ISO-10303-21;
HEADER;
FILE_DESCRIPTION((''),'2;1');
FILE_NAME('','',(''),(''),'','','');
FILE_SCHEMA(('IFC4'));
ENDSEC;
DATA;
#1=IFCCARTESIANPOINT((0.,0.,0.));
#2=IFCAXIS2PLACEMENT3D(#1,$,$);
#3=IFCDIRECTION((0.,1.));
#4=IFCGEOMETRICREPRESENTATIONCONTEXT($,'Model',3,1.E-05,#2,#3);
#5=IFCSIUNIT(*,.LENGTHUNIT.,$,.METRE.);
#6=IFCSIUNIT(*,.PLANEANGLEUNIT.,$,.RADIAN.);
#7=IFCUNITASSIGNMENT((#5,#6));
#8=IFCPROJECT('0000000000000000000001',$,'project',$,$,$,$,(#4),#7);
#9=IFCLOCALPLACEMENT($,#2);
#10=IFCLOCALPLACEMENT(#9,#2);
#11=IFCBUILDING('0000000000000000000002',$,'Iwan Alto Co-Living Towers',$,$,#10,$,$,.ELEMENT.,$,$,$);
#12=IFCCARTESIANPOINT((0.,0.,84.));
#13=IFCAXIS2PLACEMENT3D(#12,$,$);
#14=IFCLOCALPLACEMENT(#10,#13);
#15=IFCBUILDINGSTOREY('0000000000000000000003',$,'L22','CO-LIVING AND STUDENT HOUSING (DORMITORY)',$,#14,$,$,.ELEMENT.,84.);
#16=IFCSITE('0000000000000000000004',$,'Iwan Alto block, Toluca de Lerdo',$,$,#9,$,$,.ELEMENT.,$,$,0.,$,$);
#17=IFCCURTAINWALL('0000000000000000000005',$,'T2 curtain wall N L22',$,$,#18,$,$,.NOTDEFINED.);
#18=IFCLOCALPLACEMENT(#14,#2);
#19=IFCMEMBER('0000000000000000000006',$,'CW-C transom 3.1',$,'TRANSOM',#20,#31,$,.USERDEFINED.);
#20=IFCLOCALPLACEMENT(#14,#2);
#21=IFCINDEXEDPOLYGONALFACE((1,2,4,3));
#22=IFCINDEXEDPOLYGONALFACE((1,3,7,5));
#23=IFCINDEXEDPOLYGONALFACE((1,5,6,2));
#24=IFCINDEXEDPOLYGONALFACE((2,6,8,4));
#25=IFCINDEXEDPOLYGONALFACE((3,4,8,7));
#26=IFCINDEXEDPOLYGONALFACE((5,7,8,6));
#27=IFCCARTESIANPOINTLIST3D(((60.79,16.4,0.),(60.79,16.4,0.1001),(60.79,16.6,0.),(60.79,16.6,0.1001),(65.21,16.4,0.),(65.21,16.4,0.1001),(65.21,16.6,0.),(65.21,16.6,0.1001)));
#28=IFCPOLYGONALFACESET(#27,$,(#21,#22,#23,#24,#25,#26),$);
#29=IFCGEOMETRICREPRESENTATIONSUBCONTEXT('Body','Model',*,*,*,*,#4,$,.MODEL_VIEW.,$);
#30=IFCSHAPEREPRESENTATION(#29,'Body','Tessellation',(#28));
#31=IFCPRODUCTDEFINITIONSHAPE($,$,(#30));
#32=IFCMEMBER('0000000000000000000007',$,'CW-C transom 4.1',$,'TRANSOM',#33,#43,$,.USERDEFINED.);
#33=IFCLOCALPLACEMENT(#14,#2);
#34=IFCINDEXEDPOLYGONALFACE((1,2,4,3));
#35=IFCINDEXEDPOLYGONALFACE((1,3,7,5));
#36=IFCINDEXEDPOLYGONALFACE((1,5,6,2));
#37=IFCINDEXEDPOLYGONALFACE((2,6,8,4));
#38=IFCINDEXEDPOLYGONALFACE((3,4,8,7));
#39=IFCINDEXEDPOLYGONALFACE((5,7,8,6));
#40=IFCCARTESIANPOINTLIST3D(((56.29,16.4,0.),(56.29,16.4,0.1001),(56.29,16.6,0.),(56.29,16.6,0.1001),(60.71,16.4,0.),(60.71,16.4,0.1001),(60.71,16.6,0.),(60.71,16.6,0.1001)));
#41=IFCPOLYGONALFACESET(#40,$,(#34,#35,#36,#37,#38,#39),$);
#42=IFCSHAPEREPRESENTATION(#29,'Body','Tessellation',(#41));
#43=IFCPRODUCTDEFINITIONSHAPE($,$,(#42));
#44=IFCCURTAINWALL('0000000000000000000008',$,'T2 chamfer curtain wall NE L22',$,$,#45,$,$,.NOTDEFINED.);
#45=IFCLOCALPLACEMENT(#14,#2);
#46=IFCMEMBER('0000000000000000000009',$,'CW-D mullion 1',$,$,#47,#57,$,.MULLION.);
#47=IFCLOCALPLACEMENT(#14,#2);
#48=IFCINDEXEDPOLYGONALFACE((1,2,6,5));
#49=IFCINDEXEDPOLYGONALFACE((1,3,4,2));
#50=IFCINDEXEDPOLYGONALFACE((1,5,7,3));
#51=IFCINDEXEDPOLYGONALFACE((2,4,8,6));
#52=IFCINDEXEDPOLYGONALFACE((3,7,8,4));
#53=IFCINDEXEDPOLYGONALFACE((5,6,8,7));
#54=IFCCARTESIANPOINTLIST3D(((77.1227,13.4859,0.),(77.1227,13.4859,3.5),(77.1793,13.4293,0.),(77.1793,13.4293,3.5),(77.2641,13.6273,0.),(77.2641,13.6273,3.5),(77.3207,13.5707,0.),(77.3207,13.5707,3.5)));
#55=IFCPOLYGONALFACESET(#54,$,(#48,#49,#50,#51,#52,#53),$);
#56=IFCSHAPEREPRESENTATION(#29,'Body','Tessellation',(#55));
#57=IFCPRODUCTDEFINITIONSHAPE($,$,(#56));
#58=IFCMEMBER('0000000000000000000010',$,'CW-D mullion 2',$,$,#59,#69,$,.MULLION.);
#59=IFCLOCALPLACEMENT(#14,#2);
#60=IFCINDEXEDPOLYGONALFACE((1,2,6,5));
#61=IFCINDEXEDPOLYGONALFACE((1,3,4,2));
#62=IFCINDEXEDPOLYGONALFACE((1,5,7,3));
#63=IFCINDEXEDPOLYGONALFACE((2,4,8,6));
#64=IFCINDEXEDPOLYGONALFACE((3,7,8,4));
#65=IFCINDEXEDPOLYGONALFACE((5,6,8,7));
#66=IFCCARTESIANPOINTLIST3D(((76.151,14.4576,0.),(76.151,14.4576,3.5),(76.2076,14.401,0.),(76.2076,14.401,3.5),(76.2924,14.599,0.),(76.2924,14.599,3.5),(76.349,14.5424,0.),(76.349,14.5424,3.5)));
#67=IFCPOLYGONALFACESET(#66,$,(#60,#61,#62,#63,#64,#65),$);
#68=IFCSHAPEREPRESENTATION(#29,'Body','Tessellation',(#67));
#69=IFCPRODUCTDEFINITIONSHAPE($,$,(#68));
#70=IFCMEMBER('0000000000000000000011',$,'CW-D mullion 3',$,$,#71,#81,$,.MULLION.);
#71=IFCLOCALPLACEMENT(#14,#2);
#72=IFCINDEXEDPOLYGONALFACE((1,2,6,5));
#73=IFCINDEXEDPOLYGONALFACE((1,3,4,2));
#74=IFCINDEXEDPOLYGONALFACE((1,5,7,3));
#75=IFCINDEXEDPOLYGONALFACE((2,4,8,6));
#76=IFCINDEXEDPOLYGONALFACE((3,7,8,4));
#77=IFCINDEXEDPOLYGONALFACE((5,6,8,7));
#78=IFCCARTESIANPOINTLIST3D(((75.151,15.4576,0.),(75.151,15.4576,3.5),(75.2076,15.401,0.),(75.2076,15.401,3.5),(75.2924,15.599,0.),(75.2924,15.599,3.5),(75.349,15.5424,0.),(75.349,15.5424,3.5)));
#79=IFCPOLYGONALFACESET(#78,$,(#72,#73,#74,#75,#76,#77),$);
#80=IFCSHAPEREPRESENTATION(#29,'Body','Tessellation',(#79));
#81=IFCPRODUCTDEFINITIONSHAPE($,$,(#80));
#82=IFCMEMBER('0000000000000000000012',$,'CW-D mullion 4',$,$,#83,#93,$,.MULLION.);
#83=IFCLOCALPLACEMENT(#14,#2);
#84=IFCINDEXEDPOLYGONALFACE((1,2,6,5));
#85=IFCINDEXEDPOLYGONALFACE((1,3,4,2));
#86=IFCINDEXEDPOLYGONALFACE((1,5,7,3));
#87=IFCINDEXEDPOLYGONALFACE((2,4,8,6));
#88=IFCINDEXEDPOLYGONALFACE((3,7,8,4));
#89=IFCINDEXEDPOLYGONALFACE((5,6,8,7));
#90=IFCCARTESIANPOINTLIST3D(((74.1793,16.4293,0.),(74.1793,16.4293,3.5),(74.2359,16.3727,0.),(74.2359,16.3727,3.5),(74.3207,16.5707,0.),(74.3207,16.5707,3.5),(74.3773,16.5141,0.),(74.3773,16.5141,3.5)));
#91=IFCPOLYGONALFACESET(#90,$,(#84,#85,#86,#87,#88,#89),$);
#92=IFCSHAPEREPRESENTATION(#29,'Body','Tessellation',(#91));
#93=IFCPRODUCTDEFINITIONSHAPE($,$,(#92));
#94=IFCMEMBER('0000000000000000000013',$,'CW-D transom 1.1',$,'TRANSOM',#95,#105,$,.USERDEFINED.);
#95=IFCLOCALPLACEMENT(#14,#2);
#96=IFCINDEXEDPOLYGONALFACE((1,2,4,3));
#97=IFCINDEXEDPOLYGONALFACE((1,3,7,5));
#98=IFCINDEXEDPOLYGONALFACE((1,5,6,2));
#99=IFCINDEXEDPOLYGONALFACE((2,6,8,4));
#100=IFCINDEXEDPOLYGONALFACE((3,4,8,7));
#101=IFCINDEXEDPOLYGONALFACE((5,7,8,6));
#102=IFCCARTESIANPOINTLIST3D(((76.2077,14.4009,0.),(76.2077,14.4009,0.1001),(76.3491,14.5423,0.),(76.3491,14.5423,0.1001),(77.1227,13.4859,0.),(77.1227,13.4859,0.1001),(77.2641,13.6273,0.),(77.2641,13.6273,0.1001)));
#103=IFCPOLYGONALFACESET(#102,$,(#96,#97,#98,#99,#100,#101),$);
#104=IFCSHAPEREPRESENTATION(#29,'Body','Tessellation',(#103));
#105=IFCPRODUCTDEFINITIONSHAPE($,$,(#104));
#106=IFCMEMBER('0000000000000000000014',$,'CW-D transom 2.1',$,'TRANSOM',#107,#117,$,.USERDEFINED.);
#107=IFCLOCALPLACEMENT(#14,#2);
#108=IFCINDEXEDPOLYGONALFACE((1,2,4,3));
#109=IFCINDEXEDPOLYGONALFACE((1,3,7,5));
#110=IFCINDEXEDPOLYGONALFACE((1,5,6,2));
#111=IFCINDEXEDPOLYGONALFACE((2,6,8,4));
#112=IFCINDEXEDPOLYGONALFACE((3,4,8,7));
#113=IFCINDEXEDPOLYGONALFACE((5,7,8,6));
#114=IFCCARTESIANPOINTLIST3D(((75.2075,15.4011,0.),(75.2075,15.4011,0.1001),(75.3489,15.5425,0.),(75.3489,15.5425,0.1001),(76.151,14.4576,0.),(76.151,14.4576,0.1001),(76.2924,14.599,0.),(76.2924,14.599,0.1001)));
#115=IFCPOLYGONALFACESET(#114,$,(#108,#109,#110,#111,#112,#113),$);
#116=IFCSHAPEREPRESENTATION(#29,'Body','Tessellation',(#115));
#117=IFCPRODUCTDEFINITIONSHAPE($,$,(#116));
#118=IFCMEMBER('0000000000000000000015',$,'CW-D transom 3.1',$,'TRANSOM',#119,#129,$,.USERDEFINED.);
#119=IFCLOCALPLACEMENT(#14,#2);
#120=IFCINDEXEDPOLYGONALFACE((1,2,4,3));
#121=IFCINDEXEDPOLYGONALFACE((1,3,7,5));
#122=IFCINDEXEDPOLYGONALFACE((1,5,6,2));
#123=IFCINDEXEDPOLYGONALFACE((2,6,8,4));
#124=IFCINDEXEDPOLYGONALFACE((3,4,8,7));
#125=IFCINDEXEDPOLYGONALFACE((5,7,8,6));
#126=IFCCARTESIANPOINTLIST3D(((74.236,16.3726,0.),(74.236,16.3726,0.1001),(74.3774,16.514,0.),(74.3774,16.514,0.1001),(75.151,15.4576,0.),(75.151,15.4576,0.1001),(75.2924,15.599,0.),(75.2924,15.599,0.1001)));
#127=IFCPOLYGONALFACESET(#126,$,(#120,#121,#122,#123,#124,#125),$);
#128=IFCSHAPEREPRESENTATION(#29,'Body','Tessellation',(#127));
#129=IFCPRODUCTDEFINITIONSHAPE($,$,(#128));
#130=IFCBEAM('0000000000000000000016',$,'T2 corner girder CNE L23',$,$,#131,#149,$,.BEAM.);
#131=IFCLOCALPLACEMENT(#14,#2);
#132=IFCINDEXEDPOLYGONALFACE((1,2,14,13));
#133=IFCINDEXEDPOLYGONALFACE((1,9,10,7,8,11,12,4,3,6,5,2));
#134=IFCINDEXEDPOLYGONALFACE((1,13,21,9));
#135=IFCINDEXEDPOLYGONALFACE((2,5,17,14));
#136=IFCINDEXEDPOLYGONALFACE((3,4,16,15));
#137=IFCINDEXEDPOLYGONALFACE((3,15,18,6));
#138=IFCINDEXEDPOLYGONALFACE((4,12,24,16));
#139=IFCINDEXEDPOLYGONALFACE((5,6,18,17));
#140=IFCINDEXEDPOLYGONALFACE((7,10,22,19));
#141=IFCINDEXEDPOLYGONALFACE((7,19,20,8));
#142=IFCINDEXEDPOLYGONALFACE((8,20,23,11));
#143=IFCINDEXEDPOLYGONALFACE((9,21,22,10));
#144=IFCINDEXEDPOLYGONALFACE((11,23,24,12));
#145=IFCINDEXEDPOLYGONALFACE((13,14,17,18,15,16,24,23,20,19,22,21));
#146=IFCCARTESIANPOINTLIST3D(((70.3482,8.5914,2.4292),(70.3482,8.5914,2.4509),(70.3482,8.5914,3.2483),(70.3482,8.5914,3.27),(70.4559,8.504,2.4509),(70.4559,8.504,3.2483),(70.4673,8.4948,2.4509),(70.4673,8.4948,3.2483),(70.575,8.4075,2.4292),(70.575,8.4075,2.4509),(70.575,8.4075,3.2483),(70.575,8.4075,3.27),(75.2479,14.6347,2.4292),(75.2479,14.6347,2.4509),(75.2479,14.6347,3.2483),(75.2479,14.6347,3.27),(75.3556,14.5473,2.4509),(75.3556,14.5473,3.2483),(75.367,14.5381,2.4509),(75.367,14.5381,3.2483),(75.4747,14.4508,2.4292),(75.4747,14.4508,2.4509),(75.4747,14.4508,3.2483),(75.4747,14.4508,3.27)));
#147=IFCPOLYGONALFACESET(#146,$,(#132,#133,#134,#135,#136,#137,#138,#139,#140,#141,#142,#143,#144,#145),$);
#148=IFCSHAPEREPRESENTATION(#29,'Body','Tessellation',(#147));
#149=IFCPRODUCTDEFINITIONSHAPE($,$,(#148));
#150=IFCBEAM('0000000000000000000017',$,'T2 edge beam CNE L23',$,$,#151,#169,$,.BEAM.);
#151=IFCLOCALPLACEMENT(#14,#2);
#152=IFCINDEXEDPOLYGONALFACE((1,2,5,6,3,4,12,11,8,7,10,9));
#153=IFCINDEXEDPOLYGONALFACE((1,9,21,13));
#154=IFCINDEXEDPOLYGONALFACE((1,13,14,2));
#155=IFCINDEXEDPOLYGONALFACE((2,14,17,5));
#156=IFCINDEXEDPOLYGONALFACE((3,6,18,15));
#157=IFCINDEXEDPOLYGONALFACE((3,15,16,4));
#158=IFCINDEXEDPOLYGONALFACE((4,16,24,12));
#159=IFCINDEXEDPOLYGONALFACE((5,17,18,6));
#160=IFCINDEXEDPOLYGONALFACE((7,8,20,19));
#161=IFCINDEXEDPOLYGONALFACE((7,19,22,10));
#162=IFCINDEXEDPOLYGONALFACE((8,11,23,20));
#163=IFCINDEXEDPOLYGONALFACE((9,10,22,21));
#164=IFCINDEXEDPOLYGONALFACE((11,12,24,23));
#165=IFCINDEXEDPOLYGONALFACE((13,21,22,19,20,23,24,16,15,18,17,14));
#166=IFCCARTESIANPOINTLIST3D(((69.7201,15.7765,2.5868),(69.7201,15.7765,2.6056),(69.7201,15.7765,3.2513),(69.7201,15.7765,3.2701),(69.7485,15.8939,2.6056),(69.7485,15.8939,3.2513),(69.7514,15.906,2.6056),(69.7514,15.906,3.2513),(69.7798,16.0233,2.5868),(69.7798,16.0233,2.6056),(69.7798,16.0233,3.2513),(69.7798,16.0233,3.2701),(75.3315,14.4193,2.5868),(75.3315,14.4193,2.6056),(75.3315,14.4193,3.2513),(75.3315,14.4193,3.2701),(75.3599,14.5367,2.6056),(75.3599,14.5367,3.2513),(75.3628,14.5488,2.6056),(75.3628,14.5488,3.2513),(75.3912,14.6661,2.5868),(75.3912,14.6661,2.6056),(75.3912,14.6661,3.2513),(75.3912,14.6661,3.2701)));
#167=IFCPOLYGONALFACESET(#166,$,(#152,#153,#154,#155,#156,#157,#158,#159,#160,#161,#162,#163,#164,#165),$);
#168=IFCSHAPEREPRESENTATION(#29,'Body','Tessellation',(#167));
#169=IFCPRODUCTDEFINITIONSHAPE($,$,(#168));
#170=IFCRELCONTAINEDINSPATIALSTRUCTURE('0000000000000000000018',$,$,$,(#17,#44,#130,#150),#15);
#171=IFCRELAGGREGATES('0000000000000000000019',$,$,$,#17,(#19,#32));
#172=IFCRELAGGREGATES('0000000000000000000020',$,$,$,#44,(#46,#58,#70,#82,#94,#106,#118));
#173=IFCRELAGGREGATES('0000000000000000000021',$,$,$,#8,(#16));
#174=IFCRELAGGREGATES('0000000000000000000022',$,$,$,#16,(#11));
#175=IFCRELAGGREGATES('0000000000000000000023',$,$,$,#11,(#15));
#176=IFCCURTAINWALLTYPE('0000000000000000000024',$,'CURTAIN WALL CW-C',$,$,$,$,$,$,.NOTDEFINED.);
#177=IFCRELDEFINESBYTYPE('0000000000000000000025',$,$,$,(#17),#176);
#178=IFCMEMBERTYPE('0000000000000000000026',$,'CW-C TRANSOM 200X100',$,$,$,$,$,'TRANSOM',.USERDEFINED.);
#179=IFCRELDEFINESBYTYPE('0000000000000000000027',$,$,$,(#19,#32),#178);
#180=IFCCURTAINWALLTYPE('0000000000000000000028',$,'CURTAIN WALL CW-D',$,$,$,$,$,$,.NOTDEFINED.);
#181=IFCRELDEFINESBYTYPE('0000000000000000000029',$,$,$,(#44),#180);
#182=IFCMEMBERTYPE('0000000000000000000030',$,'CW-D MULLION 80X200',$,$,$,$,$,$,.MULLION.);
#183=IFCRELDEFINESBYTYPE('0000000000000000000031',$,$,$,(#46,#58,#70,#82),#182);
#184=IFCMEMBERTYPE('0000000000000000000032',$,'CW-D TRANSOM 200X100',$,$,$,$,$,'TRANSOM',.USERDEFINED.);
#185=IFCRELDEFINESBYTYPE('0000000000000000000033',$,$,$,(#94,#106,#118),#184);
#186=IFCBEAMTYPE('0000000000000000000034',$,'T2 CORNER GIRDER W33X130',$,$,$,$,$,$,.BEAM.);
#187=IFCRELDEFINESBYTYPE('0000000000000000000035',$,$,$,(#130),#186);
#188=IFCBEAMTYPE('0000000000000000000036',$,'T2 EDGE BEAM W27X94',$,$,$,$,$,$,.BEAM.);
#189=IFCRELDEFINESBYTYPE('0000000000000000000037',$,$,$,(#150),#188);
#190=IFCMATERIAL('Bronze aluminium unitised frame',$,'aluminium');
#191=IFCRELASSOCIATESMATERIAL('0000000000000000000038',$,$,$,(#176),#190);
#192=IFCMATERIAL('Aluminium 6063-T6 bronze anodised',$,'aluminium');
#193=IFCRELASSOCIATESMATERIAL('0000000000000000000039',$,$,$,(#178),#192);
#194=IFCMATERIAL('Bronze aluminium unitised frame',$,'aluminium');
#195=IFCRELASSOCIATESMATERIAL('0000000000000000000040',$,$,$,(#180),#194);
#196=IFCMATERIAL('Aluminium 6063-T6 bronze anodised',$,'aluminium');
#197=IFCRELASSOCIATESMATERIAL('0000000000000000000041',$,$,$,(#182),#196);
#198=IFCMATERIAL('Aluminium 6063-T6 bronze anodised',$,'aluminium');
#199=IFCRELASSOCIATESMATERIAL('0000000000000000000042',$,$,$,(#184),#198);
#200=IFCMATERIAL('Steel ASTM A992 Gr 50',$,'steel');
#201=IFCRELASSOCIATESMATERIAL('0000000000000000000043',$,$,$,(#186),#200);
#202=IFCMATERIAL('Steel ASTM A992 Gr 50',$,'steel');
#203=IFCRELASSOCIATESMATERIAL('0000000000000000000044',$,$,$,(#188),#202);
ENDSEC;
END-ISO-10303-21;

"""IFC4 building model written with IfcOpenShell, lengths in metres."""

from ifc_helpers import new_model, si_unit, direction, frame, origin, origin_2d, place, context, subcontext, project, spatial, rectangle, i_section, extrude, material, material_profile, profile_set, type_object, element, aggregate, save


model = new_model("IFC4")

# Units and contexts
model_context = context("Model", 3, precision=1e-05, world=origin(), true_north=direction((0.0, 1.0)))
body_context = subcontext(model_context, "Body", "Model", "MODEL_VIEW")
ifc_project = project(units=[si_unit("LENGTHUNIT", "METRE"), si_unit("PLANEANGLEUNIT", "RADIAN")], contexts=[model_context])

# Site, building, storey
site_placement = place(None, origin())
site = spatial("IfcSite", under=ifc_project, at=site_placement, Name="Iwan Alto block, Toluca de Lerdo", CompositionType="ELEMENT", RefElevation=0.0)
building_placement = place(site_placement, origin())
building = spatial("IfcBuilding", under=site, at=building_placement, Name="Iwan Alto Co-Living Towers", CompositionType="ELEMENT")
storey_placement = place(building_placement, frame((0.0, 0.0, 84.0)))
storey = spatial("IfcBuildingStorey", under=building, at=storey_placement, Name="L22", Description="CO-LIVING AND STUDENT HOUSING (DORMITORY)", CompositionType="ELEMENT", Elevation=84.0)

# Shared definitions
ifc_material_1 = material(Name="Bronze aluminium unitised frame", Category="aluminium")
curtain_wall_type_1 = type_object("IfcCurtainWallType", Name="CURTAIN WALL CW-C", PredefinedType="NOTDEFINED", material=ifc_material_1)

# Curtain walls, members
curtain_wall_1_placement = place(storey_placement, origin())
curtain_wall_1 = element("IfcCurtainWall", 1, at=curtain_wall_1_placement, inside=storey, type_object=curtain_wall_type_1, Name="T2 curtain wall N L22", PredefinedType="NOTDEFINED")
ifc_material_2 = material(Name="Aluminium 6063-T6 bronze anodised", Category="aluminium")
ifc_material_profile_1 = material_profile(ifc_material_2, rectangle(XDim=0.2, YDim=0.1001, at=origin_2d()), Name="AL 200X100")
ifc_profile_set_1 = profile_set([ifc_material_profile_1], Name="Aluminium 6063-T6 bronze anodised")
member_type_1 = type_object("IfcMemberType", Name="CW-C TRANSOM 200X100", ElementType="TRANSOM", PredefinedType="USERDEFINED", material=ifc_profile_set_1)
member_1_placement = place(storey_placement, frame((65.21, 16.5, 0.05), z_axis=(-1.0, 0.0, 0.0), x_axis=(0.0, -1.0, 0.0)))
member_1 = element("IfcMember", 2, at=member_1_placement, type_object=member_type_1, Name="CW-C transom 3.1", ObjectType="TRANSOM", PredefinedType="USERDEFINED", context=body_context, shape_type="SweptSolid", body=[
    extrude(rectangle(XDim=0.2, YDim=0.1001, at=origin_2d()), origin(), (0.0, 0.0, 1.0), 4.4199),
])
member_2_placement = place(storey_placement, frame((60.71, 16.5, 0.05), z_axis=(-1.0, 0.0, 0.0), x_axis=(0.0, -1.0, 0.0)))
member_2 = element("IfcMember", 3, at=member_2_placement, type_object=member_type_1, Name="CW-C transom 4.1", ObjectType="TRANSOM", PredefinedType="USERDEFINED", context=body_context, shape_type="SweptSolid", body=[
    extrude(rectangle(XDim=0.2, YDim=0.1001, at=origin_2d()), origin(), (0.0, 0.0, 1.0), 4.4199),
])
ifc_material_3 = material(Name="Bronze aluminium unitised frame", Category="aluminium")
curtain_wall_type_2 = type_object("IfcCurtainWallType", Name="CURTAIN WALL CW-D", PredefinedType="NOTDEFINED", material=ifc_material_3)
curtain_wall_2_placement = place(storey_placement, origin())
curtain_wall_2 = element("IfcCurtainWall", 4, at=curtain_wall_2_placement, inside=storey, type_object=curtain_wall_type_2, Name="T2 chamfer curtain wall NE L22", PredefinedType="NOTDEFINED")
ifc_material_4 = material(Name="Aluminium 6063-T6 bronze anodised", Category="aluminium")
ifc_material_profile_2 = material_profile(ifc_material_4, rectangle(XDim=0.2, YDim=0.0801, at=origin_2d()), Name="AL 80X200")
ifc_profile_set_2 = profile_set([ifc_material_profile_2], Name="Aluminium 6063-T6 bronze anodised")
member_type_2 = type_object("IfcMemberType", Name="CW-D MULLION 80X200", PredefinedType="MULLION", material=ifc_profile_set_2)
member_3_placement = place(storey_placement, frame((77.2217, 13.5283, 0.0), z_axis=(0.0, 0.0, 1.0), x_axis=(-0.707107, -0.707107, 0.0)))
member_3 = element("IfcMember", 5, at=member_3_placement, type_object=member_type_2, Name="CW-D mullion 1", PredefinedType="MULLION", context=body_context, shape_type="SweptSolid", body=[
    extrude(rectangle(XDim=0.2, YDim=0.0801, at=origin_2d()), origin(), (0.0, 0.0, 1.0), 3.5),
])
member_4_placement = place(storey_placement, frame((76.25, 14.5, 0.0), z_axis=(0.0, 0.0, 1.0), x_axis=(-0.707107, -0.707107, 0.0)))
member_4 = element("IfcMember", 6, at=member_4_placement, type_object=member_type_2, Name="CW-D mullion 2", PredefinedType="MULLION", context=body_context, shape_type="SweptSolid", body=[
    extrude(rectangle(XDim=0.2, YDim=0.0801, at=origin_2d()), origin(), (0.0, 0.0, 1.0), 3.5),
])
member_5_placement = place(storey_placement, frame((75.25, 15.5, 0.0), z_axis=(0.0, 0.0, 1.0), x_axis=(-0.707107, -0.707107, 0.0)))
member_5 = element("IfcMember", 7, at=member_5_placement, type_object=member_type_2, Name="CW-D mullion 3", PredefinedType="MULLION", context=body_context, shape_type="SweptSolid", body=[
    extrude(rectangle(XDim=0.2, YDim=0.0801, at=origin_2d()), origin(), (0.0, 0.0, 1.0), 3.5),
])
member_6_placement = place(storey_placement, frame((74.2783, 16.4717, 0.0), z_axis=(0.0, 0.0, 1.0), x_axis=(-0.707107, -0.707107, 0.0)))
member_6 = element("IfcMember", 8, at=member_6_placement, type_object=member_type_2, Name="CW-D mullion 4", PredefinedType="MULLION", context=body_context, shape_type="SweptSolid", body=[
    extrude(rectangle(XDim=0.2, YDim=0.0801, at=origin_2d()), origin(), (0.0, 0.0, 1.0), 3.5),
])
ifc_material_5 = material(Name="Aluminium 6063-T6 bronze anodised", Category="aluminium")
ifc_material_profile_3 = material_profile(ifc_material_5, rectangle(XDim=0.2, YDim=0.1001, at=origin_2d()), Name="AL 200X100")
ifc_profile_set_3 = profile_set([ifc_material_profile_3], Name="Aluminium 6063-T6 bronze anodised")
member_type_3 = type_object("IfcMemberType", Name="CW-D TRANSOM 200X100", ElementType="TRANSOM", PredefinedType="USERDEFINED", material=ifc_profile_set_3)
member_7_placement = place(storey_placement, frame((77.1934, 13.5566, 0.05), z_axis=(-0.707107, 0.707107, 0.0), x_axis=(-0.707107, -0.707107, 0.0)))
member_7 = element("IfcMember", 9, at=member_7_placement, type_object=member_type_3, Name="CW-D transom 1.1", ObjectType="TRANSOM", PredefinedType="USERDEFINED", context=body_context, shape_type="SweptSolid", body=[
    extrude(rectangle(XDim=0.2, YDim=0.1001, at=origin_2d()), origin(), (0.0, 0.0, 1.0), 1.2939),
])
member_8_placement = place(storey_placement, frame((76.2217, 14.5283, 0.05), z_axis=(-0.707107, 0.707107, 0.0), x_axis=(-0.707107, -0.707107, 0.0)))
member_8 = element("IfcMember", 10, at=member_8_placement, type_object=member_type_3, Name="CW-D transom 2.1", ObjectType="TRANSOM", PredefinedType="USERDEFINED", context=body_context, shape_type="SweptSolid", body=[
    extrude(rectangle(XDim=0.2, YDim=0.1001, at=origin_2d()), origin(), (0.0, 0.0, 1.0), 1.3342),
])
member_9_placement = place(storey_placement, frame((75.2217, 15.5283, 0.05), z_axis=(-0.707107, 0.707107, 0.0), x_axis=(-0.707107, -0.707107, 0.0)))
member_9 = element("IfcMember", 11, at=member_9_placement, type_object=member_type_3, Name="CW-D transom 3.1", ObjectType="TRANSOM", PredefinedType="USERDEFINED", context=body_context, shape_type="SweptSolid", body=[
    extrude(rectangle(XDim=0.2, YDim=0.1001, at=origin_2d()), origin(), (0.0, 0.0, 1.0), 1.2939),
])

# Beams
ifc_material_6 = material(Name="Steel ASTM A992 Gr 50", Category="steel")
ifc_material_profile_4 = material_profile(ifc_material_6, i_section(OverallWidth=0.292, OverallDepth=0.8408, WebThickness=0.0146, FlangeThickness=0.0217, at=origin_2d()), Name="W33X130")
ifc_profile_set_4 = profile_set([ifc_material_profile_4], Name="Steel ASTM A992 Gr 50")
beam_type_1 = type_object("IfcBeamType", Name="T2 CORNER GIRDER W33X130", PredefinedType="BEAM", material=ifc_profile_set_4)
beam_1_placement = place(storey_placement, frame((75.3613, 14.5427, 2.8496), z_axis=(-0.629783, -0.776771, 0.0), x_axis=(0.776771, -0.629783, 0.0)))
element("IfcBeam", 12, at=beam_1_placement, inside=storey, type_object=beam_type_1, Name="T2 corner girder CNE L23", PredefinedType="BEAM", context=body_context, shape_type="SweptSolid", body=[
    extrude(i_section(OverallWidth=0.292, OverallDepth=0.8408, WebThickness=0.0146, FlangeThickness=0.0217, at=origin_2d()), origin(), (0.0, 0.0, 1.0), 7.78),
])
ifc_material_7 = material(Name="Steel ASTM A992 Gr 50", Category="steel")
ifc_material_profile_5 = material_profile(ifc_material_7, i_section(OverallWidth=0.2539, OverallDepth=0.6833, WebThickness=0.0125, FlangeThickness=0.0188, at=origin_2d()), Name="W27X94")
ifc_profile_set_5 = profile_set([ifc_material_profile_5], Name="Steel ASTM A992 Gr 50")
beam_type_2 = type_object("IfcBeamType", Name="T2 EDGE BEAM W27X94", PredefinedType="BEAM", material=ifc_profile_set_5)
beam_2_placement = place(storey_placement, frame((75.3613, 14.5427, 2.9285), z_axis=(-0.971975, 0.235086, 0.0), x_axis=(-0.235086, -0.971975, 0.0)))
element("IfcBeam", 13, at=beam_2_placement, inside=storey, type_object=beam_type_2, Name="T2 edge beam CNE L23", PredefinedType="BEAM", context=body_context, shape_type="SweptSolid", body=[
    extrude(i_section(OverallWidth=0.2539, OverallDepth=0.6833, WebThickness=0.0125, FlangeThickness=0.0188, at=origin_2d()), origin(), (0.0, 0.0, 1.0), 5.7732),
])

aggregate(curtain_wall_1, [member_1, member_2])
aggregate(curtain_wall_2, [member_3, member_4, member_5, member_6, member_7, member_8, member_9])

save(model, "model.ifc")
